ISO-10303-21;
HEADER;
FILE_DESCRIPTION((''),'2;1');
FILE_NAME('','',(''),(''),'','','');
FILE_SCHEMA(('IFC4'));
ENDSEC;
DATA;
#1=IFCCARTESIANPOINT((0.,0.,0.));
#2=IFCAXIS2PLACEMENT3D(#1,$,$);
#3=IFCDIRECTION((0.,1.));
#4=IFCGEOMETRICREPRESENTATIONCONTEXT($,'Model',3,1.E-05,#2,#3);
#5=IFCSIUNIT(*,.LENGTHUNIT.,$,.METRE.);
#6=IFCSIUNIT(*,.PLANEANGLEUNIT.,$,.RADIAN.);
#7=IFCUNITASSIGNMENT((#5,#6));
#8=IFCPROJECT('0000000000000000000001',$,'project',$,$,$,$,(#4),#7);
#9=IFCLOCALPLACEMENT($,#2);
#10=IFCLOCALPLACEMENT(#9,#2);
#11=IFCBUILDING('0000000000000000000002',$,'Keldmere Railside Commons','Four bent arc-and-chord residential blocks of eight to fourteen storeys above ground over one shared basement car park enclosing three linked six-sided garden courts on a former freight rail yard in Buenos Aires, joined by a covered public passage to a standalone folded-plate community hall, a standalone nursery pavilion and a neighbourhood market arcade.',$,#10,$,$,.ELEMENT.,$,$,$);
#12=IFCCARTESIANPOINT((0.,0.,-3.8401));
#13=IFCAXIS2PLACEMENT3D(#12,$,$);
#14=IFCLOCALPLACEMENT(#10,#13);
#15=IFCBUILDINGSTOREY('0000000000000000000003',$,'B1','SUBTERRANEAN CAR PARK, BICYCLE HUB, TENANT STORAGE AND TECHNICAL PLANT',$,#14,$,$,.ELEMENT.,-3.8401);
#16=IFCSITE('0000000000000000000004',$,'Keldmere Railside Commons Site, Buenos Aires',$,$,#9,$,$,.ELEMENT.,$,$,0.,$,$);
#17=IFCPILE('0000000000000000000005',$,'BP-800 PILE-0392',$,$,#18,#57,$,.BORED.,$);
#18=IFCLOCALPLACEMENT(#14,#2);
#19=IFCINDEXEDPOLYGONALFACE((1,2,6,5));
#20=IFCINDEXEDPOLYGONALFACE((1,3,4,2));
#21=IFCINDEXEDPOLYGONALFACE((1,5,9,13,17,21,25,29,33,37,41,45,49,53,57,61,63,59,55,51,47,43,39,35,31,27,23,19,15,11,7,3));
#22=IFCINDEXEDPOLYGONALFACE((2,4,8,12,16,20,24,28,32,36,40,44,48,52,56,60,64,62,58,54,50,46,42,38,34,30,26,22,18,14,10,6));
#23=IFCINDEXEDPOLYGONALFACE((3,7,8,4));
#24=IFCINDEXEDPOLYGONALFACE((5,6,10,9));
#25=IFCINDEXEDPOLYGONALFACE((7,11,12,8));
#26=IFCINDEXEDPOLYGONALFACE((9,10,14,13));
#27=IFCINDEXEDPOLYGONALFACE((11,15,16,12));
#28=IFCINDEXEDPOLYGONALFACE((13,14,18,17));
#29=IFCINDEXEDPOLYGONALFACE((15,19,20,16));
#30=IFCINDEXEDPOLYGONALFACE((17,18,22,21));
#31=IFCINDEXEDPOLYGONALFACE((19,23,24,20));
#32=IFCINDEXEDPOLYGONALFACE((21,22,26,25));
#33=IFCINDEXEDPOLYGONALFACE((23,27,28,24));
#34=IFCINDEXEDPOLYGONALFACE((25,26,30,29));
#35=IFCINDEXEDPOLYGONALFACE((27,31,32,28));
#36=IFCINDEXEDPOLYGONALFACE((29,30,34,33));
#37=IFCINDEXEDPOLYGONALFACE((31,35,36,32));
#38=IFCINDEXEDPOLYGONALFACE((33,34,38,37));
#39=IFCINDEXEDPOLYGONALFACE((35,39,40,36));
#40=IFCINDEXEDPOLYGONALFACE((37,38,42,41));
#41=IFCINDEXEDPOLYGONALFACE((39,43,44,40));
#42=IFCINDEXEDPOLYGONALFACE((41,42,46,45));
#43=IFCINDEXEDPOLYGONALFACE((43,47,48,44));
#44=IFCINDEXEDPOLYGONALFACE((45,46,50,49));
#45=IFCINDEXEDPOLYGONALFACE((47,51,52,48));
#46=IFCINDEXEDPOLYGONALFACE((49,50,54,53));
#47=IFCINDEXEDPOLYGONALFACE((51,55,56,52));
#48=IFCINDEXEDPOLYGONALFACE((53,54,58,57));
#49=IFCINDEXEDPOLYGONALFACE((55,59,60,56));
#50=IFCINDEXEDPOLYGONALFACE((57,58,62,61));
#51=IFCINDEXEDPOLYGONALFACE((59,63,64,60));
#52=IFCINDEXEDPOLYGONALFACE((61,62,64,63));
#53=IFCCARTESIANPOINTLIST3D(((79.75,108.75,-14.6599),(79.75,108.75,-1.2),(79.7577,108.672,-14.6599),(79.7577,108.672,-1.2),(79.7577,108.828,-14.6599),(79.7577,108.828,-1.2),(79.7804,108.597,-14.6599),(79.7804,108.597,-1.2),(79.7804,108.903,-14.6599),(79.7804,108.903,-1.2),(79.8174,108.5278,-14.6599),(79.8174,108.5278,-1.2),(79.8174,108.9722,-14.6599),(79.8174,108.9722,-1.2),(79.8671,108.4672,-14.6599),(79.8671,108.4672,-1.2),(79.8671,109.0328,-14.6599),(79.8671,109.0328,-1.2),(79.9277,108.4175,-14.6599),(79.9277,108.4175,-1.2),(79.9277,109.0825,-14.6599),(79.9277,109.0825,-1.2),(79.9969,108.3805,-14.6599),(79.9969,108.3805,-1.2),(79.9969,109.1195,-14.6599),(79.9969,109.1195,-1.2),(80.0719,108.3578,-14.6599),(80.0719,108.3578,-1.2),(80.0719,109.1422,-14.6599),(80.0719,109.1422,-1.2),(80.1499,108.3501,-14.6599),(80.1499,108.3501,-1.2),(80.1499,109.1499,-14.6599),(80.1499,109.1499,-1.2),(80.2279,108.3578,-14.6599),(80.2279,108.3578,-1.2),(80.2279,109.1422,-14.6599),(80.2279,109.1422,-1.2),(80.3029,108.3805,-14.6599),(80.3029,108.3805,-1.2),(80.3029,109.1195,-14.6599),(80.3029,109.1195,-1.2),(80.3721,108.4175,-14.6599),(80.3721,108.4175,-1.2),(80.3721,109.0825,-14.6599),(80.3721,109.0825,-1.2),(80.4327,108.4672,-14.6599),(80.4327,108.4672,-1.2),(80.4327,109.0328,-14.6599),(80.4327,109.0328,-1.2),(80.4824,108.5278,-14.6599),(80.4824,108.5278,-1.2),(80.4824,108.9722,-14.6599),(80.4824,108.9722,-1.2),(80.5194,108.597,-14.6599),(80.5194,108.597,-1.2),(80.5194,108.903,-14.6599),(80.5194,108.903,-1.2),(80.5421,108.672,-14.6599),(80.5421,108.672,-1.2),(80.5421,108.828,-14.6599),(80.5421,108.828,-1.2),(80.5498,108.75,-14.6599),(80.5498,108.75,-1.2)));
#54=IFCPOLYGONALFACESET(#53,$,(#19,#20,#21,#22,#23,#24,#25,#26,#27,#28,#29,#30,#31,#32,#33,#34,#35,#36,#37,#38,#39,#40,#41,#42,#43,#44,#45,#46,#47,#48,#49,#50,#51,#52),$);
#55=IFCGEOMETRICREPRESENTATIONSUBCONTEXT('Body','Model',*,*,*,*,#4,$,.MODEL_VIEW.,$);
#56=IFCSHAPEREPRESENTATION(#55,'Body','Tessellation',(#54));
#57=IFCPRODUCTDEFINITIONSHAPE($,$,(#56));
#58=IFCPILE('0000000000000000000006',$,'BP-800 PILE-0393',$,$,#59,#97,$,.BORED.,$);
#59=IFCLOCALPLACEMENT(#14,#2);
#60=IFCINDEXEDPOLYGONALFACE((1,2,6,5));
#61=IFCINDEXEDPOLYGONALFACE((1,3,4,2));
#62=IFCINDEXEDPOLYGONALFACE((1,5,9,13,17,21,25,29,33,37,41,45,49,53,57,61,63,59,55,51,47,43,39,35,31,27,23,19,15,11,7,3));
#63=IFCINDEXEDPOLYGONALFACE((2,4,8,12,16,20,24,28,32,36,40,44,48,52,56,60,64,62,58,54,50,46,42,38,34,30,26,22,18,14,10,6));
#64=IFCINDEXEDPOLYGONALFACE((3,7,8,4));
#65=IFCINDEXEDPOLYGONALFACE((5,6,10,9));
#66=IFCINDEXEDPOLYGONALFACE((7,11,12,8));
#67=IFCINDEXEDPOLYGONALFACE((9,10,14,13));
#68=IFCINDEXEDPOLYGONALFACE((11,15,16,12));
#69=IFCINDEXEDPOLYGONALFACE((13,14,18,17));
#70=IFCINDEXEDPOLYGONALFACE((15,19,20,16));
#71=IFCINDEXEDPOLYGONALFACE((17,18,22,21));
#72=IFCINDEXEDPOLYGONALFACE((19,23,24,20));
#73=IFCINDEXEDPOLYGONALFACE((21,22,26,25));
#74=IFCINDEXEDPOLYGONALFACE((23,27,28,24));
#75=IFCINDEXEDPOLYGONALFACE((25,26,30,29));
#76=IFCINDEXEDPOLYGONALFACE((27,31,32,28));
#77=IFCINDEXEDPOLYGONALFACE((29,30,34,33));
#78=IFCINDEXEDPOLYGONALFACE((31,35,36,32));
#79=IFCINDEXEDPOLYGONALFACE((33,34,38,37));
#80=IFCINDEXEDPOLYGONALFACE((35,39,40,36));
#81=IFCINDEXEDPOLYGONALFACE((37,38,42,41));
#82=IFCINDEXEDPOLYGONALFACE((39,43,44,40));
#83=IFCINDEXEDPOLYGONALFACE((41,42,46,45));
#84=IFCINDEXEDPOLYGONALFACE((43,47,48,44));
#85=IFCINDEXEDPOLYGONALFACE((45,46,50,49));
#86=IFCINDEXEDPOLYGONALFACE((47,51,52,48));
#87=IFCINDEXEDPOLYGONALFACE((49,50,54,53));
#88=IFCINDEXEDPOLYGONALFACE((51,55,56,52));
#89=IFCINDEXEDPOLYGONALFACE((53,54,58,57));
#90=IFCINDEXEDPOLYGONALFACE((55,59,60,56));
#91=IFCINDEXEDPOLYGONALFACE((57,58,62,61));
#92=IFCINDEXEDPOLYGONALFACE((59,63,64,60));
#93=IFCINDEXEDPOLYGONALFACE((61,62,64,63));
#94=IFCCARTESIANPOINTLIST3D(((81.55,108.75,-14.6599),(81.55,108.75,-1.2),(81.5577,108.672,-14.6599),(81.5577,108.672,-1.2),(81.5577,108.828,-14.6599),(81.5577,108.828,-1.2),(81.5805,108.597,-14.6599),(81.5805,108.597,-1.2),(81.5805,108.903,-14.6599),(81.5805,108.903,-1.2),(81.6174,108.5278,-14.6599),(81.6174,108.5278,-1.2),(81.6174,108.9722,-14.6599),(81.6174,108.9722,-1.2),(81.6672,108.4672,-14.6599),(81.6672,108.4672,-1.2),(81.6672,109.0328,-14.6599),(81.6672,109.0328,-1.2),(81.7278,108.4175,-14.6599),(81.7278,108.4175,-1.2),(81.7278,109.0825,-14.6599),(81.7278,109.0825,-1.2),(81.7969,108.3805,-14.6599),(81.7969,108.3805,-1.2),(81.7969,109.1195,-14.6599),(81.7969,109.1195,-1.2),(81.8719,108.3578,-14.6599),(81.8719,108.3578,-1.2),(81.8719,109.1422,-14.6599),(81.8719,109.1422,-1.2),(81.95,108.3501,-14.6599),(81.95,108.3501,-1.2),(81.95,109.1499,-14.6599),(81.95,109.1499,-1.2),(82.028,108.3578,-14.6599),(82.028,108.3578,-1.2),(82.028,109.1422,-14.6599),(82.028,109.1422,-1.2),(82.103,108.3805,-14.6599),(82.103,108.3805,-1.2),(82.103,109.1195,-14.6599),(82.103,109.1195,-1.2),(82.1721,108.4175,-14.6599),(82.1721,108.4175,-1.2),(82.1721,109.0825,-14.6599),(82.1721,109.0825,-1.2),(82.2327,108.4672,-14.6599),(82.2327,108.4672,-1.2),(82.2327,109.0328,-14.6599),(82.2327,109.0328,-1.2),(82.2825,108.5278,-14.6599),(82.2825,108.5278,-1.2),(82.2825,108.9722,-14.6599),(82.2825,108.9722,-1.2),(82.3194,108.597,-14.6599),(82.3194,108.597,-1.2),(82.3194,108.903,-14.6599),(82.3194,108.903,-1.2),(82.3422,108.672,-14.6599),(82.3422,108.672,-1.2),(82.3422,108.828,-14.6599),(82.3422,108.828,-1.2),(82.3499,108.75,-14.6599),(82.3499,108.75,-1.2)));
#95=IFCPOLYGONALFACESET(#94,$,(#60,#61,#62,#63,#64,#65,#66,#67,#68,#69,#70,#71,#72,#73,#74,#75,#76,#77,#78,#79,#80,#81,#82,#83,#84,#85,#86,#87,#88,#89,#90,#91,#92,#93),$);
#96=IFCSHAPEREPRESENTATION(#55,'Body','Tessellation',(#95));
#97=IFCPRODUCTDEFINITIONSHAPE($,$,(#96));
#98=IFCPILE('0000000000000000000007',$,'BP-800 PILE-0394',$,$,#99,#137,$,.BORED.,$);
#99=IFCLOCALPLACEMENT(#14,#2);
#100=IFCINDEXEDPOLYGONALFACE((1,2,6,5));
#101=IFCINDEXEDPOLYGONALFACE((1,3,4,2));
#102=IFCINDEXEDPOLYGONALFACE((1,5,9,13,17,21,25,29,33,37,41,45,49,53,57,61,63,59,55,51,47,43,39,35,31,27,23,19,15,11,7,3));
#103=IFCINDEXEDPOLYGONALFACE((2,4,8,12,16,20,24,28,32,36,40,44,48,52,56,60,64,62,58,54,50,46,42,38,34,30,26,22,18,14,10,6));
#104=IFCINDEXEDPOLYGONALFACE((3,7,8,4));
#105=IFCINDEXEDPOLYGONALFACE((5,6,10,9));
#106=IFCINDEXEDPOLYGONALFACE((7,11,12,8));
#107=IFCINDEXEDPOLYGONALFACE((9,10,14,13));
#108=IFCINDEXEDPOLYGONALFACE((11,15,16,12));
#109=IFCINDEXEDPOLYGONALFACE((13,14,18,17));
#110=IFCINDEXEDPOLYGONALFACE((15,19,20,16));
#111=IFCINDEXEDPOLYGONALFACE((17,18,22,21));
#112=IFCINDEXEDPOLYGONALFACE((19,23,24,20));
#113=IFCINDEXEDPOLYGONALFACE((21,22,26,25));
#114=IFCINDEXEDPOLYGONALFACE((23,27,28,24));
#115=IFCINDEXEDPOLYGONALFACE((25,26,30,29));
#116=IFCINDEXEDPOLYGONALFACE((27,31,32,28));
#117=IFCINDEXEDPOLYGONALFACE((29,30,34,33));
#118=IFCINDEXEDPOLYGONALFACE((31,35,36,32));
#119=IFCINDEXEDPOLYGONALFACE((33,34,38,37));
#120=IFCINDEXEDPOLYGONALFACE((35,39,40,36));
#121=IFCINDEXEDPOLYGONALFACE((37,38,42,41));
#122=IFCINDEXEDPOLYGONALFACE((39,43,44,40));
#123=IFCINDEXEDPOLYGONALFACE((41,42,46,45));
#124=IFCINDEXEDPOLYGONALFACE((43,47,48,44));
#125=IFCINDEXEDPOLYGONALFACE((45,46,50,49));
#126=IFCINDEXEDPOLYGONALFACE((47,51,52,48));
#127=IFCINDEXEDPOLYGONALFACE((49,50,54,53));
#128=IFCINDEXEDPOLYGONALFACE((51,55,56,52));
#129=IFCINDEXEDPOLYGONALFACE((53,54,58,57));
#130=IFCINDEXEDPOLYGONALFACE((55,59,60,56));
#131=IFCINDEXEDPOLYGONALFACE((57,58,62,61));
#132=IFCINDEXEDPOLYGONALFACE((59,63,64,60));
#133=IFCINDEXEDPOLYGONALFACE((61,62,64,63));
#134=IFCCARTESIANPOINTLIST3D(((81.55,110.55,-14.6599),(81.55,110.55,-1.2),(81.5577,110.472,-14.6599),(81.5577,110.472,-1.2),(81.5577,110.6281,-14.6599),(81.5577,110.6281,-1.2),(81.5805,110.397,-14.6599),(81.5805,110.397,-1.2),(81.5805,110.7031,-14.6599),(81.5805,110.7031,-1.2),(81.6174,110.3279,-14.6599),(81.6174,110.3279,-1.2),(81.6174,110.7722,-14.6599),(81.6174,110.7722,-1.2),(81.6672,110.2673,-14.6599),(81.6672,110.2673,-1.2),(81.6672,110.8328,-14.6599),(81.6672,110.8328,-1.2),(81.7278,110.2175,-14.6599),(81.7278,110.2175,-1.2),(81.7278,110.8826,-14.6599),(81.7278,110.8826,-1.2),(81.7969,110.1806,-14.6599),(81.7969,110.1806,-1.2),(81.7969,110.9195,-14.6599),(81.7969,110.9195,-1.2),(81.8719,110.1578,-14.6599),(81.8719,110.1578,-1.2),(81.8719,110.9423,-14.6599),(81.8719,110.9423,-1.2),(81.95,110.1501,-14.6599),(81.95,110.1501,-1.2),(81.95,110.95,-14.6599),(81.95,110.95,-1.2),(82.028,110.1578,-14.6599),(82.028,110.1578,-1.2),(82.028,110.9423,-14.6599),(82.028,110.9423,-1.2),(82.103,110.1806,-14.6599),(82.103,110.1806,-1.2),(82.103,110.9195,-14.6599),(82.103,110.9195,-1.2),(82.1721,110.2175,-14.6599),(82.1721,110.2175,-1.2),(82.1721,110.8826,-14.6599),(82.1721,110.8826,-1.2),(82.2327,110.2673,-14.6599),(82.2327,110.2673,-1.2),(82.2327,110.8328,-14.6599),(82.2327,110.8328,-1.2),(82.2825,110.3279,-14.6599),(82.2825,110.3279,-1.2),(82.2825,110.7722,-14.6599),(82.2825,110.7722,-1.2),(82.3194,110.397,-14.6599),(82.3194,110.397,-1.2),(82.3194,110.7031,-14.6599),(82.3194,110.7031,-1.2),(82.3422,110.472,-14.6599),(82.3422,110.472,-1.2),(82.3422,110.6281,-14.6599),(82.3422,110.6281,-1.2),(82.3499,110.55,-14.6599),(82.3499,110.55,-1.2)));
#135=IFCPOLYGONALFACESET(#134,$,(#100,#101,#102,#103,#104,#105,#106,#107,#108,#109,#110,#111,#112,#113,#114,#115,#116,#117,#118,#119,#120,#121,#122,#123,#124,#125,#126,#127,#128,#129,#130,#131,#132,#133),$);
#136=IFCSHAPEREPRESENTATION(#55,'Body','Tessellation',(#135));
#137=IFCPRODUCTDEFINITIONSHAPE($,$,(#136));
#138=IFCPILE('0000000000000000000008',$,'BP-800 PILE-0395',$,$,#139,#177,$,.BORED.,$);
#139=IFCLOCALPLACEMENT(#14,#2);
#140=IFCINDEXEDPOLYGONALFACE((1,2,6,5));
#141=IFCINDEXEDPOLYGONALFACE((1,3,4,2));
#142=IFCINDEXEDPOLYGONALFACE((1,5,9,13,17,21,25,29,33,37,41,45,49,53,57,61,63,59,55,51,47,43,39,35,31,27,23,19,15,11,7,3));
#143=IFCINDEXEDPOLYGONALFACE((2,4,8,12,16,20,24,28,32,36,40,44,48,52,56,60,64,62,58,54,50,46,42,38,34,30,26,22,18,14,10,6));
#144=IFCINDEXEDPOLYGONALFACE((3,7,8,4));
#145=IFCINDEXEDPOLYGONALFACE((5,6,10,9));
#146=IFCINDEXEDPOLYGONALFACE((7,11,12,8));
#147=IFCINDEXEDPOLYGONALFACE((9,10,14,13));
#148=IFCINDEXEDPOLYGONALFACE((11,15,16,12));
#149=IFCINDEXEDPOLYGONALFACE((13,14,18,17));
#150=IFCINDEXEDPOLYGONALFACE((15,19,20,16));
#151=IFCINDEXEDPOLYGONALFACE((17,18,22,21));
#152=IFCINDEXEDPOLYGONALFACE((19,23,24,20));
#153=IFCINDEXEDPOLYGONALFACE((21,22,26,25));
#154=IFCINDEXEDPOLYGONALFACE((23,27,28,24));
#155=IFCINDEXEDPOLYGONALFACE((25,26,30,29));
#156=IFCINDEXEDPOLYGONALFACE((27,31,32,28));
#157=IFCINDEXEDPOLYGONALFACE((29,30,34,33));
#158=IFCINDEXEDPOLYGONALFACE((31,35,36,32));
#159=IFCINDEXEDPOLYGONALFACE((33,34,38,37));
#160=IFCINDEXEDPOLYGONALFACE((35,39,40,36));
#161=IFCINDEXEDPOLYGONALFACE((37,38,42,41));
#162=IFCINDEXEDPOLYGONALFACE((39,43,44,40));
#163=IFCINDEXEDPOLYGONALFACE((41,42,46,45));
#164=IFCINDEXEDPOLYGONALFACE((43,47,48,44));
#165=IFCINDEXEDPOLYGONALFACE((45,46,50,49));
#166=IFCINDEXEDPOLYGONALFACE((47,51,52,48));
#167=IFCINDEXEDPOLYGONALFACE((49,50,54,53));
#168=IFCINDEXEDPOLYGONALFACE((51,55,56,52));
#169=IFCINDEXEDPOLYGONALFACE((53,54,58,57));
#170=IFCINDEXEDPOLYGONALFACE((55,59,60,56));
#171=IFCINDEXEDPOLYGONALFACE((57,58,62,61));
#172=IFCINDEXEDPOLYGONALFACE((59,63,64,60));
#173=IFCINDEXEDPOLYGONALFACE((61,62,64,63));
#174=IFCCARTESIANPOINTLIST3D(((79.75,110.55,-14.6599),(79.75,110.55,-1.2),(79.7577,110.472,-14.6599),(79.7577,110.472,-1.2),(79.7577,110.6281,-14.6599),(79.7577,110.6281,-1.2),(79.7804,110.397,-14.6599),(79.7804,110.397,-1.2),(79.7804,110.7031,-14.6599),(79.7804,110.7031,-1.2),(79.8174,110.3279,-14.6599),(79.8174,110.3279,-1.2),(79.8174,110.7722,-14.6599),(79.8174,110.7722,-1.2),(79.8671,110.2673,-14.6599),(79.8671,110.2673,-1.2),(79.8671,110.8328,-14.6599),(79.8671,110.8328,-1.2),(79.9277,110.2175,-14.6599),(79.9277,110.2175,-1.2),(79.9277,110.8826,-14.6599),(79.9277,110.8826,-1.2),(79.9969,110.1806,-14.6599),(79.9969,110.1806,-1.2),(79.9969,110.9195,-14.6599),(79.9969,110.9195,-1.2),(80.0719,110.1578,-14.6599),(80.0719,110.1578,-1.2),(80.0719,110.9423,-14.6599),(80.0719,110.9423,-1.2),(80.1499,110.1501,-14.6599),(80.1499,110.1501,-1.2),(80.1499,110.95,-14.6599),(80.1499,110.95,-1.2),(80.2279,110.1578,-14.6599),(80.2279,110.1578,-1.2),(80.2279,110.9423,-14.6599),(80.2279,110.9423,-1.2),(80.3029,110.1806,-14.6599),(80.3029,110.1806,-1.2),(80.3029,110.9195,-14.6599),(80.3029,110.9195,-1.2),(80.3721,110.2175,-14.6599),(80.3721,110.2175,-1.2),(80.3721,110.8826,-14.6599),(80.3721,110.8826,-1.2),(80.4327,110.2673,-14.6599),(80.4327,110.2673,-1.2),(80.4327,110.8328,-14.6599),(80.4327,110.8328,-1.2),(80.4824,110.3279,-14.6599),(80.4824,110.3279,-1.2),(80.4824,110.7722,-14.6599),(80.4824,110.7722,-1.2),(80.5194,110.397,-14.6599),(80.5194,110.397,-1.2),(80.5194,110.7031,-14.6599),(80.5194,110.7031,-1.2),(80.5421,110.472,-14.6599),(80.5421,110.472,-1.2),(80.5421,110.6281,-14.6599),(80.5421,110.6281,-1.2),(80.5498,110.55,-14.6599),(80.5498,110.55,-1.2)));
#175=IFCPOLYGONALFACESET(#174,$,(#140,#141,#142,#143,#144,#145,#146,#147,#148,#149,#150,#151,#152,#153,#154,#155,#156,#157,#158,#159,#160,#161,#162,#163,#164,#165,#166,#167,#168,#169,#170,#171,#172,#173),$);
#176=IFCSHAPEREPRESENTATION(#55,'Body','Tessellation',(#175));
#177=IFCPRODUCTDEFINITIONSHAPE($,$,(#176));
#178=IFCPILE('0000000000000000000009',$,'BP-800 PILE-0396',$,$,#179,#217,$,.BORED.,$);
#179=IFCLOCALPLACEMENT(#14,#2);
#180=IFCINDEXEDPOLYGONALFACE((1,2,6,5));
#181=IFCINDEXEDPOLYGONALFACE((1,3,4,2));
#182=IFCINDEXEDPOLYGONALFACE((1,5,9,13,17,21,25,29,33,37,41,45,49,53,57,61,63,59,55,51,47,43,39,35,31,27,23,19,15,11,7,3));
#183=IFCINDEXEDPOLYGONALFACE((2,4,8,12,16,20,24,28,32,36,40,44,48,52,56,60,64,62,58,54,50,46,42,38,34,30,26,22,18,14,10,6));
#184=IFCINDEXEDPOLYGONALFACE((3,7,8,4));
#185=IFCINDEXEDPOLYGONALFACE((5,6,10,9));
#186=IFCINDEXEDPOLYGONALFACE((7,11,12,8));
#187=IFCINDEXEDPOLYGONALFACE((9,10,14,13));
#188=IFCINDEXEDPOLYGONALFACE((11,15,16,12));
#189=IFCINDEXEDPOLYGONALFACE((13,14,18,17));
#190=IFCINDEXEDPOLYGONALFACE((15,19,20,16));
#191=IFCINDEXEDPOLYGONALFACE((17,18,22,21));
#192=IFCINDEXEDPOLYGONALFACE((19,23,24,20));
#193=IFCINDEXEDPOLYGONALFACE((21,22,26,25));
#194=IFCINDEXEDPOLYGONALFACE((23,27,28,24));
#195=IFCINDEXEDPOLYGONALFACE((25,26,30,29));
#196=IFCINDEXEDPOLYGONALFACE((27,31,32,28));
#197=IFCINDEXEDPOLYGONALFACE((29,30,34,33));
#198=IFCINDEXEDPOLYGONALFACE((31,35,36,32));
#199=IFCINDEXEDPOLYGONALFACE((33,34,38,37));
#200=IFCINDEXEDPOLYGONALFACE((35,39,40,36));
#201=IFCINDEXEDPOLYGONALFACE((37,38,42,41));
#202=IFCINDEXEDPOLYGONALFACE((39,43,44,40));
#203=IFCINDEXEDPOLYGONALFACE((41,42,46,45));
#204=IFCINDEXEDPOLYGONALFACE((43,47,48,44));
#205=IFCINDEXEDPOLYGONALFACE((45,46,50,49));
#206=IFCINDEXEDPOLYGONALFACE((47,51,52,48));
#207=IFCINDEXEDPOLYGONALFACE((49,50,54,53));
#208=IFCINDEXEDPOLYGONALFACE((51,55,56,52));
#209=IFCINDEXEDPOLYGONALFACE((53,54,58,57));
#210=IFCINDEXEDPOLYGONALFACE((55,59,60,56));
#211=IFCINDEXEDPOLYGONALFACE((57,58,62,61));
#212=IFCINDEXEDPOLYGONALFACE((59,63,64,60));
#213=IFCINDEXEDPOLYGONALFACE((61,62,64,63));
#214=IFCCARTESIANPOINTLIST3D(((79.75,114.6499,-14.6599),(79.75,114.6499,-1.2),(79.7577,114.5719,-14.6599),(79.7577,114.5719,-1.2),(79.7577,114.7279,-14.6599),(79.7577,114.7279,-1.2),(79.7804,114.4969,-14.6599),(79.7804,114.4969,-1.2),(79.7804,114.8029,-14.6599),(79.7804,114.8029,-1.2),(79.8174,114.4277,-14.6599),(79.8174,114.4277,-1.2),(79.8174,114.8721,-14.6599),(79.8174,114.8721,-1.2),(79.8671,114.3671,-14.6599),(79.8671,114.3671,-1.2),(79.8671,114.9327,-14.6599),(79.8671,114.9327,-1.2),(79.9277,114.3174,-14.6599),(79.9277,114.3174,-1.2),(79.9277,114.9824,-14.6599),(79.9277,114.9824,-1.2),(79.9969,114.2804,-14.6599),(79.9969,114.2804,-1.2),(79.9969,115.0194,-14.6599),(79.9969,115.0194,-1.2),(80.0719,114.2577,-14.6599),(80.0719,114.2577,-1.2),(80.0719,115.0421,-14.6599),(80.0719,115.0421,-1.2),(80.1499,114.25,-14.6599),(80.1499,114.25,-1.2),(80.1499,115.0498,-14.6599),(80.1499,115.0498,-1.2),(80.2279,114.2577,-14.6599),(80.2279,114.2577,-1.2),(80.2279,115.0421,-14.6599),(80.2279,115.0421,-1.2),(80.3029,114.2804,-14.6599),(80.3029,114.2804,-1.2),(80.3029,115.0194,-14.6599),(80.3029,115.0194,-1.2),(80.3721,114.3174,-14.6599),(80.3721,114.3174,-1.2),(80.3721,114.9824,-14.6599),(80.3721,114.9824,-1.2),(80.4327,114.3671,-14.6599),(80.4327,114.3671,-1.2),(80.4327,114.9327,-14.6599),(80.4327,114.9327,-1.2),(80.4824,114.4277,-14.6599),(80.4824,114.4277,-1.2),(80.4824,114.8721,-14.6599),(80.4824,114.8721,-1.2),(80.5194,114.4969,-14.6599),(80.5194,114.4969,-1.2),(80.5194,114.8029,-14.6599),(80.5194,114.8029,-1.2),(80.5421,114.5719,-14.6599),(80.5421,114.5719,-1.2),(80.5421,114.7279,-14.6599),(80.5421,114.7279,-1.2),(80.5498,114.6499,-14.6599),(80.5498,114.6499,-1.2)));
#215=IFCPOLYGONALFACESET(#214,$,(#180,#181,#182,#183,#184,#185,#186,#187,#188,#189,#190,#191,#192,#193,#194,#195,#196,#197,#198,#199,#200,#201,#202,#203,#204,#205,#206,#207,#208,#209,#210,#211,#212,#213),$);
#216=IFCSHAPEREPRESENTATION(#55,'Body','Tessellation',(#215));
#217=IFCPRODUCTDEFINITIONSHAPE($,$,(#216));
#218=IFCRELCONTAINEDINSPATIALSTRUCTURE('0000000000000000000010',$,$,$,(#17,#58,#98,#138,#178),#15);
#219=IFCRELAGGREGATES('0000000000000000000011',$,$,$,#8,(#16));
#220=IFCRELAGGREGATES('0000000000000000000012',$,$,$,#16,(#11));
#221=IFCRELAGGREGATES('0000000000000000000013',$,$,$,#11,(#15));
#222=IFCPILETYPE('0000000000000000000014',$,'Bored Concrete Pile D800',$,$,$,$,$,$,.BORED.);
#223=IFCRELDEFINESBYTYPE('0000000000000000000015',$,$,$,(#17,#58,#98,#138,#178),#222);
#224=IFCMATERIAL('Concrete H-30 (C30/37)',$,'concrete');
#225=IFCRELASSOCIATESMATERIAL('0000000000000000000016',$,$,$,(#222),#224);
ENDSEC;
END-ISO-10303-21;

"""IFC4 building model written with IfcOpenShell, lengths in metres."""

from ifc_helpers import new_model, si_unit, direction, frame, origin, origin_2d, place, context, subcontext, project, spatial, circle, extrude, material, material_profile, profile_set, type_object, element, save


model = new_model("IFC4")

# Units and contexts
model_context = context("Model", 3, precision=1e-05, world=origin(), true_north=direction((0.0, 1.0)))
body_context = subcontext(model_context, "Body", "Model", "MODEL_VIEW")
ifc_project = project(units=[si_unit("LENGTHUNIT", "METRE"), si_unit("PLANEANGLEUNIT", "RADIAN")], contexts=[model_context])

# Site, building, storey
site_placement = place(None, origin())
site = spatial("IfcSite", under=ifc_project, at=site_placement, Name="Keldmere Railside Commons Site, Buenos Aires", CompositionType="ELEMENT", RefElevation=0.0)
building_placement = place(site_placement, origin())
building = spatial("IfcBuilding", under=site, at=building_placement, Name="Keldmere Railside Commons", Description="Four bent arc-and-chord residential blocks of eight to fourteen storeys above ground over one shared basement car park enclosing three linked six-sided garden courts on a former freight rail yard in Buenos Aires, joined by a covered public passage to a standalone folded-plate community hall, a standalone nursery pavilion and a neighbourhood market arcade.", CompositionType="ELEMENT")
storey_placement = place(building_placement, frame((0.0, 0.0, -3.8401)))
storey = spatial("IfcBuildingStorey", under=building, at=storey_placement, Name="B1", Description="SUBTERRANEAN CAR PARK, BICYCLE HUB, TENANT STORAGE AND TECHNICAL PLANT", CompositionType="ELEMENT", Elevation=-3.8401)

# Piles
ifc_material_1 = material(Name="Concrete H-30 (C30/37)", Category="concrete")
ifc_material_profile_1 = material_profile(ifc_material_1, circle(Radius=0.3999, at=origin_2d()), Name="PILE-D800")
ifc_profile_set_1 = profile_set([ifc_material_profile_1], Name="Concrete H-30 (C30/37)")
pile_type = type_object("IfcPileType", Name="Bored Concrete Pile D800", PredefinedType="BORED", material=ifc_profile_set_1)
for number, where, z_axis, x_axis, name in (
    (1, (80.1499, 108.75, -1.2), (0.0, 0.0, -1.0), (1.0, 0.0, 0.0), "BP-800 PILE-0392"),
    (2, (81.95, 108.75, -1.2), (0.0, 0.0, -1.0), (1.0, 0.0, 0.0), "BP-800 PILE-0393"),
    (3, (81.95, 110.55, -1.2), (0.0, 0.0, -1.0), (1.0, 0.0, 0.0), "BP-800 PILE-0394"),
    (4, (80.1499, 110.55, -1.2), (0.0, 0.0, -1.0), (1.0, 0.0, 0.0), "BP-800 PILE-0395"),
    (5, (80.1499, 114.6499, -1.2), (0.0, 0.0, -1.0), (1.0, 0.0, 0.0), "BP-800 PILE-0396"),
):
    element("IfcPile", number, at=place(storey_placement, frame(where, z_axis=z_axis, x_axis=x_axis)), inside=storey, type_object=pile_type, Name=name, PredefinedType="BORED", context=body_context, shape_type="SweptSolid", body=[
        extrude(circle(Radius=0.3999, at=origin_2d()), origin(), (0.0, 0.0, 1.0), 13.46),
    ])

save(model, "model.ifc")
